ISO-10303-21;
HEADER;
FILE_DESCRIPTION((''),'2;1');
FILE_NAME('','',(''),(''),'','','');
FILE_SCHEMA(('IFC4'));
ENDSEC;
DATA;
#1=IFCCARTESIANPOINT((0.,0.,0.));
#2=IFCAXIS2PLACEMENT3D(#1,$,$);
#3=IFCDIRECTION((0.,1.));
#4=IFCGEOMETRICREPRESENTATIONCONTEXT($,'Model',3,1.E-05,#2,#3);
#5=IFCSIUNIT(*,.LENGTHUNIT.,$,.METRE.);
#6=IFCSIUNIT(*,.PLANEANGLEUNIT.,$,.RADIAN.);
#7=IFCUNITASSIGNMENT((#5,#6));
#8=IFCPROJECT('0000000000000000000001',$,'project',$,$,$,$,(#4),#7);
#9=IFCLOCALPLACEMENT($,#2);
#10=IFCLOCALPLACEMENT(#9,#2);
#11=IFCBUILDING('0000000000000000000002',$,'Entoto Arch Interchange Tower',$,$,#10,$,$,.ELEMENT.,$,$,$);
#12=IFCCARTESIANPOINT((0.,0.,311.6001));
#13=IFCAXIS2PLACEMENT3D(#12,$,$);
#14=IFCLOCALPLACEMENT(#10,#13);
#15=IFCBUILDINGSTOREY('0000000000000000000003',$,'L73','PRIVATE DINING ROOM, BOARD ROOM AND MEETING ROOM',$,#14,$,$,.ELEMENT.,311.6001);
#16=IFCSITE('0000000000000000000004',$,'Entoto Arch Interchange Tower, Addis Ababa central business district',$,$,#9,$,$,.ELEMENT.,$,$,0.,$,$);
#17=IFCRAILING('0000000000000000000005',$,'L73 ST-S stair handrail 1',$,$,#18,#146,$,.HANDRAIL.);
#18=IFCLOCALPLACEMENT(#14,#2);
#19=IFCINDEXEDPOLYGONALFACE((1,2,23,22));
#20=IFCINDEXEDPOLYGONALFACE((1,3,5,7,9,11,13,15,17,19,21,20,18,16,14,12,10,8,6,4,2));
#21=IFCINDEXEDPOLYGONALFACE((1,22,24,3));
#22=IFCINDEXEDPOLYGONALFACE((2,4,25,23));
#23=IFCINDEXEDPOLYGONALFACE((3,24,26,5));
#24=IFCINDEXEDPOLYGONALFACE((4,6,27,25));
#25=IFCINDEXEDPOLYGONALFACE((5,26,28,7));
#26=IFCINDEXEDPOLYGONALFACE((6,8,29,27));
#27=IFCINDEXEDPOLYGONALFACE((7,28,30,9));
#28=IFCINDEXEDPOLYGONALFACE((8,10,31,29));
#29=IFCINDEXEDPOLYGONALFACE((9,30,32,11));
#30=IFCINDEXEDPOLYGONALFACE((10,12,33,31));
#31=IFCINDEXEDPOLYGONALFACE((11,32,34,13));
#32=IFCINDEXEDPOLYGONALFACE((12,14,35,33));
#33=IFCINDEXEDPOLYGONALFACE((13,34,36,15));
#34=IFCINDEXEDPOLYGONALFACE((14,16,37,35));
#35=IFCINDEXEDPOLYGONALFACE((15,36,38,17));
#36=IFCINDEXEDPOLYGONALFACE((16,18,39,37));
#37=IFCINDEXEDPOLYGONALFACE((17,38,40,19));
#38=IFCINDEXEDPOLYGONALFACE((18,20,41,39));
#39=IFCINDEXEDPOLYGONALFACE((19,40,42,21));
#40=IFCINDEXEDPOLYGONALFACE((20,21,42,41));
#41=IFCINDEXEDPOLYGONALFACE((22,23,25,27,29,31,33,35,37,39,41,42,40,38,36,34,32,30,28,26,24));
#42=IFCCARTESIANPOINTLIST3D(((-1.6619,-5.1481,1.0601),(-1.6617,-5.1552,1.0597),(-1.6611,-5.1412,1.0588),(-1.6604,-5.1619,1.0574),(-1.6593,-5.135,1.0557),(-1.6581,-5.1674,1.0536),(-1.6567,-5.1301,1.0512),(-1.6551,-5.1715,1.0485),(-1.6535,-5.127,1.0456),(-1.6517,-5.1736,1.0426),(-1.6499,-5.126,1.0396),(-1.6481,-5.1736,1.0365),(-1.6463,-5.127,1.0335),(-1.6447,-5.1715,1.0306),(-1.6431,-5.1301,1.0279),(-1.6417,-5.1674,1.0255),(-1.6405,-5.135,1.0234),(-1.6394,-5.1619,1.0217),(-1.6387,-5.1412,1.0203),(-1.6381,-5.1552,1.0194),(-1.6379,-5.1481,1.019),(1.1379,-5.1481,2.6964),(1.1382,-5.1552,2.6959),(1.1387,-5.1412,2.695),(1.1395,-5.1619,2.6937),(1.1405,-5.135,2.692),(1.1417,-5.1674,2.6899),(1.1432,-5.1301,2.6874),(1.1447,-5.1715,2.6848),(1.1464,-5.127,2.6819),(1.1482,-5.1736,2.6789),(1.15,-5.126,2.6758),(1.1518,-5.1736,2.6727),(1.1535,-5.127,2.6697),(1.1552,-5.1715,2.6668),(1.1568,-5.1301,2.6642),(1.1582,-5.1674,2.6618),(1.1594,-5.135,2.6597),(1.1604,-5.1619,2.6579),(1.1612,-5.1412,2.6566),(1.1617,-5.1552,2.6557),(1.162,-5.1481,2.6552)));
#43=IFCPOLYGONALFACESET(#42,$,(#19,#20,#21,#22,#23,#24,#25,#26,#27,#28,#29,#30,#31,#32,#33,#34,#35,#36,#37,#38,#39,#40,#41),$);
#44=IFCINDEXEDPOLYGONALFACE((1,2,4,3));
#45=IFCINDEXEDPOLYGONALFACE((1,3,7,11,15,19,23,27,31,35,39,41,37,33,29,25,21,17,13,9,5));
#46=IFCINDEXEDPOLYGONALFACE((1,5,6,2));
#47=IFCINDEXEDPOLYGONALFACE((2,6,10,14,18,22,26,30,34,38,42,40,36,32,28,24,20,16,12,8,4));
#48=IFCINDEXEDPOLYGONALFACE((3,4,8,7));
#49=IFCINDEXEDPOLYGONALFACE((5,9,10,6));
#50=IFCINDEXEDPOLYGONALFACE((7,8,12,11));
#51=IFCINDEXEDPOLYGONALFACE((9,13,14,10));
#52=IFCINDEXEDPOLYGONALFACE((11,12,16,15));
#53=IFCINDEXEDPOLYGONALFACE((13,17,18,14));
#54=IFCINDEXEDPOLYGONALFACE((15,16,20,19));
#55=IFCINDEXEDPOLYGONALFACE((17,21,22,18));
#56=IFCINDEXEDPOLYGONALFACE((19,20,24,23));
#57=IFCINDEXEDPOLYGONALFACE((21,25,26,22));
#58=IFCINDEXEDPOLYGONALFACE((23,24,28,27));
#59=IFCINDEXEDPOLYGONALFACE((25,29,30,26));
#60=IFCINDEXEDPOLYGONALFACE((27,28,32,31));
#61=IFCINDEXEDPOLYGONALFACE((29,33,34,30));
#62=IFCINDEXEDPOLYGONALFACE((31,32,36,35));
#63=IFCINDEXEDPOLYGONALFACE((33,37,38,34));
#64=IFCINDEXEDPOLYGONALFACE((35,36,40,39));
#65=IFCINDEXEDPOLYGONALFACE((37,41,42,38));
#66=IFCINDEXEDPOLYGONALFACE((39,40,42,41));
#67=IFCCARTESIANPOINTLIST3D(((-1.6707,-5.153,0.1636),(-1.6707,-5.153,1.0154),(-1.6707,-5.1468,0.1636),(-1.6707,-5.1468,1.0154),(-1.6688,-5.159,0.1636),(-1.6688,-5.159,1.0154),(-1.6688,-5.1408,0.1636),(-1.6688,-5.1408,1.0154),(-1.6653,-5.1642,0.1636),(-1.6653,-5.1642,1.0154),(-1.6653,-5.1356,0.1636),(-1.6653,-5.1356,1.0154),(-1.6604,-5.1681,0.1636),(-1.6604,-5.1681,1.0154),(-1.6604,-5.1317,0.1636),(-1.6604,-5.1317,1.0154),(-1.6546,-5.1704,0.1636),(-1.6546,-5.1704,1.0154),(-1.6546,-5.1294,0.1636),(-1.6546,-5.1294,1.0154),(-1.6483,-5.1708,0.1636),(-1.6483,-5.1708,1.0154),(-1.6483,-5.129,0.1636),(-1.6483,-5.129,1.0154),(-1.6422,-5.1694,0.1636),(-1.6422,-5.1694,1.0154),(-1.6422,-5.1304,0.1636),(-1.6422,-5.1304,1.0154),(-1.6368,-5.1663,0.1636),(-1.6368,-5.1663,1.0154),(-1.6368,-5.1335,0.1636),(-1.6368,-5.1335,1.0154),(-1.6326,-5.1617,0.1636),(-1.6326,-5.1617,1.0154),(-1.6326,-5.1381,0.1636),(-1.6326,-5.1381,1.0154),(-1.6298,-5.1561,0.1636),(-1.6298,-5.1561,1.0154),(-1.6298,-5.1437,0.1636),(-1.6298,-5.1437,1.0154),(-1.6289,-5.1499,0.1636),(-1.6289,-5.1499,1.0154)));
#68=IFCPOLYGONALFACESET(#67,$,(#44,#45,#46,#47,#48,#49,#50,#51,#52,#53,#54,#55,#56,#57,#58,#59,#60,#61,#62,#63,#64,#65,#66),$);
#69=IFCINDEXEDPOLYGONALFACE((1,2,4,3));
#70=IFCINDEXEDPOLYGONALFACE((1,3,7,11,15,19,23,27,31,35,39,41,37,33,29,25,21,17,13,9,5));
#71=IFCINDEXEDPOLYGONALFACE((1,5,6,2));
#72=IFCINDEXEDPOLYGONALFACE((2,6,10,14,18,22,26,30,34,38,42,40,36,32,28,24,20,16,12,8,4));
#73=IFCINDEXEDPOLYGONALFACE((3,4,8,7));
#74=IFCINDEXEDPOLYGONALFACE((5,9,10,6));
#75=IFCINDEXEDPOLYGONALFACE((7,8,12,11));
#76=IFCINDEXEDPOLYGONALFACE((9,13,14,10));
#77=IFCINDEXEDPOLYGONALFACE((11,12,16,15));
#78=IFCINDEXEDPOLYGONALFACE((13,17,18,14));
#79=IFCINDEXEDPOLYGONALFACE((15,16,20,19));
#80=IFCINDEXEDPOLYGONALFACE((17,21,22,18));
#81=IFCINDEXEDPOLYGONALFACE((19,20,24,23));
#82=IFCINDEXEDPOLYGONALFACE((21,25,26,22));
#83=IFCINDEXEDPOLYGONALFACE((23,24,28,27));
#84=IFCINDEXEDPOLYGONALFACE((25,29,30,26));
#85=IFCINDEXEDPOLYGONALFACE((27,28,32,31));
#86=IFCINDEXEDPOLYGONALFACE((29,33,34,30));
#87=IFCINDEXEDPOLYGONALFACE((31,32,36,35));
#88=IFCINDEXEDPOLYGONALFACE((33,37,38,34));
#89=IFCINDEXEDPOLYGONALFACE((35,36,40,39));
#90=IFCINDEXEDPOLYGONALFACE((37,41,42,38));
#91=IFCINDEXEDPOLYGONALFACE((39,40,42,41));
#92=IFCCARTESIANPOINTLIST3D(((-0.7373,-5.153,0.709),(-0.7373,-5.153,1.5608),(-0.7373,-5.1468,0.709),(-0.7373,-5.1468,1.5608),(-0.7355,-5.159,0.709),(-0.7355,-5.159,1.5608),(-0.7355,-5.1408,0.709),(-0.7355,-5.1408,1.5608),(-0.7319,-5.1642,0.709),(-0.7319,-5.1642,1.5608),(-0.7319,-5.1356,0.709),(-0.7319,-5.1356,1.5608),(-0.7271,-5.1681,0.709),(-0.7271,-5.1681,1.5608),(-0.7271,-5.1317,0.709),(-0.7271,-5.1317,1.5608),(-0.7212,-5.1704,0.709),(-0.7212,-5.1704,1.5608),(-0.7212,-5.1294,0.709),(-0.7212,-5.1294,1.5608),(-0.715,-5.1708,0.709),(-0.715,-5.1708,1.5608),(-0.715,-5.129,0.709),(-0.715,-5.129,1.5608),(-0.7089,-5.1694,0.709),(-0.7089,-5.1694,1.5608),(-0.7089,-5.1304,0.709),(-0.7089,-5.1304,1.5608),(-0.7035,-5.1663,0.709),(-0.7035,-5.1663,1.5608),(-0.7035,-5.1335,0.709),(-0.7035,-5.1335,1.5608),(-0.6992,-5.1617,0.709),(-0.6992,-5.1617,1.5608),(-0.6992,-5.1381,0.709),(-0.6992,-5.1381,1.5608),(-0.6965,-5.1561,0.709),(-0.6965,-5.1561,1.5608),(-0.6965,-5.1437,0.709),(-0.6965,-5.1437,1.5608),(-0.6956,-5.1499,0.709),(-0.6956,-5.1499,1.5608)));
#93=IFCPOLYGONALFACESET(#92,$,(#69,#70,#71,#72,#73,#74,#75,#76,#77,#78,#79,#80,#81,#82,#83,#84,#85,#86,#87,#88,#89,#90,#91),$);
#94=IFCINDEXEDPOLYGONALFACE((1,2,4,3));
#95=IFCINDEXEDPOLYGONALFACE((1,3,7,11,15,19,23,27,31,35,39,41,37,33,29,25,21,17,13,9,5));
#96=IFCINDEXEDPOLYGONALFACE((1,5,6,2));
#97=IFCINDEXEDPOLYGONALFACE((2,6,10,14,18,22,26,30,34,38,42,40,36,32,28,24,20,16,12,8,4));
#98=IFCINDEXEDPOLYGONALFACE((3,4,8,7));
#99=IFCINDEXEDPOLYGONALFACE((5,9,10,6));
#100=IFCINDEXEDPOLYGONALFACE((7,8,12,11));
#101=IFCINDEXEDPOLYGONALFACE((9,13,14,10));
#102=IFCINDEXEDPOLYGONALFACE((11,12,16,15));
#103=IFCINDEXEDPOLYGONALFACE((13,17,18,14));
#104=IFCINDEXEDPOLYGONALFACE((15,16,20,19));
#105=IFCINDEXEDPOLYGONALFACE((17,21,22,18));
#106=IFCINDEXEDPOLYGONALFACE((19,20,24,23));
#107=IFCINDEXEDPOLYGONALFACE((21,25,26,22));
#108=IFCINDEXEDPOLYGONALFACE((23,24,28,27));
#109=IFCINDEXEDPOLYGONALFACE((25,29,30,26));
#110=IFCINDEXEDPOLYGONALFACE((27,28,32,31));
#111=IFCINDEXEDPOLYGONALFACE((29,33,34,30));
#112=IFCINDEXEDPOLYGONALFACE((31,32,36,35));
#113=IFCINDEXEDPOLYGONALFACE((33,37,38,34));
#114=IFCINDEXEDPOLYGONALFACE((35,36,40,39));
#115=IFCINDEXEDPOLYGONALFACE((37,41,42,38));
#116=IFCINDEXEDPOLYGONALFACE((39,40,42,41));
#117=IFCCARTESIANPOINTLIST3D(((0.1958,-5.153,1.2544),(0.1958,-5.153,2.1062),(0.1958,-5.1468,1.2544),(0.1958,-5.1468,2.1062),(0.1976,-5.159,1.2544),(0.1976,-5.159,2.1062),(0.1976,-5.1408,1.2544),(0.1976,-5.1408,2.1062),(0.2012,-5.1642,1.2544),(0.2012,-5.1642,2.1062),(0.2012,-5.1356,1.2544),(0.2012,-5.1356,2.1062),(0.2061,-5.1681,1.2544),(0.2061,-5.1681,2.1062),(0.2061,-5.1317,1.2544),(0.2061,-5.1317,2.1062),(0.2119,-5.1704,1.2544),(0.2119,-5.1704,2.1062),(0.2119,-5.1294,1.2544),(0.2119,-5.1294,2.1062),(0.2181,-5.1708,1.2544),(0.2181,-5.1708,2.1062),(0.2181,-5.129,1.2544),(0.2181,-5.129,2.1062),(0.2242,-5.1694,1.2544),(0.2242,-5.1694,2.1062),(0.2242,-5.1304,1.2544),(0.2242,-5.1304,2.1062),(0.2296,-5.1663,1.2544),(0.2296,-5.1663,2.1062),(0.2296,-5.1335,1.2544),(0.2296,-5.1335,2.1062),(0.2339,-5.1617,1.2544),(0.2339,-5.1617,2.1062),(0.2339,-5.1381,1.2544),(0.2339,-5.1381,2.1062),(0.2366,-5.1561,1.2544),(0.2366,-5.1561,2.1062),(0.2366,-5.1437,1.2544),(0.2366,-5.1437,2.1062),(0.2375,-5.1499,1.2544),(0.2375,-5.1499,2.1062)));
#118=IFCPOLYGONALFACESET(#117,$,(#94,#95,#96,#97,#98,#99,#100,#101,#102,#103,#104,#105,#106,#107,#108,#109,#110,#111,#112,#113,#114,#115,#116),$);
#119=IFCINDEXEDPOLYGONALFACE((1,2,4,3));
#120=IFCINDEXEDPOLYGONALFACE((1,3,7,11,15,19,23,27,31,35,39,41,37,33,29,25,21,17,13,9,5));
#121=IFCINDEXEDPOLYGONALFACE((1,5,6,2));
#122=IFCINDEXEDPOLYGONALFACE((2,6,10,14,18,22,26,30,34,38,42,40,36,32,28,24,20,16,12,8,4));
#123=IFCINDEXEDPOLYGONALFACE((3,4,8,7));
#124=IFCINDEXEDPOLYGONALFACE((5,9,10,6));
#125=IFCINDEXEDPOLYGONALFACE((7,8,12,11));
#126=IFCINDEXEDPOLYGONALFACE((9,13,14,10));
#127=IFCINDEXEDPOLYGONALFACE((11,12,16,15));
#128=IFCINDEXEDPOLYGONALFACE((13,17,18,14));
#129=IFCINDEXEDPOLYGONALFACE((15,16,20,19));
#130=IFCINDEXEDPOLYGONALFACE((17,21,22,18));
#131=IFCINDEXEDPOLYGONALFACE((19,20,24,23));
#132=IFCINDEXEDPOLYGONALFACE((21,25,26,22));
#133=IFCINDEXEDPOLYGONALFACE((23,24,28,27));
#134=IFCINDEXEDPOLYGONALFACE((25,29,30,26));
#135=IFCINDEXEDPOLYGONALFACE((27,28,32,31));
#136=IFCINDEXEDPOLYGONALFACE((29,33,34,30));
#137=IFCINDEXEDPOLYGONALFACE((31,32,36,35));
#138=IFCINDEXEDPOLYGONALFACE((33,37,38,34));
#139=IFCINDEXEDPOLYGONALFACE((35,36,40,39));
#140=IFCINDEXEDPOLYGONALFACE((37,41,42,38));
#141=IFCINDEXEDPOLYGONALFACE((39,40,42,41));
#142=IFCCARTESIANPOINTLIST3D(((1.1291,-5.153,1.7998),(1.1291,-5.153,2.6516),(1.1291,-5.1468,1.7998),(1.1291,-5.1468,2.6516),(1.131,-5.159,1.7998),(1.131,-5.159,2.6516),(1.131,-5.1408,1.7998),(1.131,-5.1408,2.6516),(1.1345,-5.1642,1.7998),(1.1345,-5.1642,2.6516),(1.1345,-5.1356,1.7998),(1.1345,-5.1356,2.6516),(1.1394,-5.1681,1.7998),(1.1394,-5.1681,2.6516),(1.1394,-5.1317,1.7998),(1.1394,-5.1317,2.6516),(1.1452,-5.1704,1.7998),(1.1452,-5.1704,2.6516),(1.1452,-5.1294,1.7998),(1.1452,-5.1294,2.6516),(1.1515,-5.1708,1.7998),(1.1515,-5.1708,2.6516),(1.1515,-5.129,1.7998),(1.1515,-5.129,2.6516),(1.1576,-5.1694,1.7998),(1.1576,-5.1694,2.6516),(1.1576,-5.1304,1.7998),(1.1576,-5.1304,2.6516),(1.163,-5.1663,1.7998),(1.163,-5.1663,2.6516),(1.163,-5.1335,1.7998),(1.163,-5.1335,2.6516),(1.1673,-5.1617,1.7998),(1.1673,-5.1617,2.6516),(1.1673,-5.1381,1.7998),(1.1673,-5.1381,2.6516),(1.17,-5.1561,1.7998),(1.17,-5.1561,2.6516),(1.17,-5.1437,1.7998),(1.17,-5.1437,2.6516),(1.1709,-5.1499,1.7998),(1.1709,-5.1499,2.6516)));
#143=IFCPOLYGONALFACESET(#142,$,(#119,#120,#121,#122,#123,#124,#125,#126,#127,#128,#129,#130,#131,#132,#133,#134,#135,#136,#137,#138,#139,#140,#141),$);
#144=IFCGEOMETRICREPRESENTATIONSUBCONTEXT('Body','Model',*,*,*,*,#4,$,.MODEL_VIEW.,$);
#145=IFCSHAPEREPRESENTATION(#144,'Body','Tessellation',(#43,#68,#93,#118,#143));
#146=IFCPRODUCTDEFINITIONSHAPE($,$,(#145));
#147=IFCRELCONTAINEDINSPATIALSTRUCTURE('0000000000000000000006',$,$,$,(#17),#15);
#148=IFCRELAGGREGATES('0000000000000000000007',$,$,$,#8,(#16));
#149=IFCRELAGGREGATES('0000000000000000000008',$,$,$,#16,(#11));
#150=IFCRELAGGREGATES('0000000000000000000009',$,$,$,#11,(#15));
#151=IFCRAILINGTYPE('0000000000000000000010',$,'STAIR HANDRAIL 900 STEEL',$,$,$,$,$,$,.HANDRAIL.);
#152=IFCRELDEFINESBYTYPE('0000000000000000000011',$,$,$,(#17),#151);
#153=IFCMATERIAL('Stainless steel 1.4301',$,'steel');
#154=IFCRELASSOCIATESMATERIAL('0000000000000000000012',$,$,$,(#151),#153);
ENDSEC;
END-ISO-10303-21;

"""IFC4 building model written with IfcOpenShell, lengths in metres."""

from ifc_helpers import new_model, si_unit, direction, frame, origin, origin_2d, place, context, subcontext, project, spatial, circle, extrude, material, type_object, element, save


model = new_model("IFC4")

# Units and contexts
model_context = context("Model", 3, precision=1e-05, world=origin(), true_north=direction((0.0, 1.0)))
body_context = subcontext(model_context, "Body", "Model", "MODEL_VIEW")
ifc_project = project(units=[si_unit("LENGTHUNIT", "METRE"), si_unit("PLANEANGLEUNIT", "RADIAN")], contexts=[model_context])

# Site, building, storey
site_placement = place(None, origin())
site = spatial("IfcSite", under=ifc_project, at=site_placement, Name="Entoto Arch Interchange Tower, Addis Ababa central business district", CompositionType="ELEMENT", RefElevation=0.0)
building_placement = place(site_placement, origin())
building = spatial("IfcBuilding", under=site, at=building_placement, Name="Entoto Arch Interchange Tower", CompositionType="ELEMENT")
storey_placement = place(building_placement, frame((0.0, 0.0, 311.6001)))
storey = spatial("IfcBuildingStorey", under=building, at=storey_placement, Name="L73", Description="PRIVATE DINING ROOM, BOARD ROOM AND MEETING ROOM", CompositionType="ELEMENT", Elevation=311.6001)

# Railing
ifc_material_1 = material(Name="Stainless steel 1.4301", Category="steel")
railing_type_1 = type_object("IfcRailingType", Name="STAIR HANDRAIL 900 STEEL", PredefinedType="HANDRAIL", material=ifc_material_1)
railing_1_placement = place(storey_placement, frame((-1.6499, -5.1499, 0.1636)))
element("IfcRailing", 1, at=railing_1_placement, inside=storey, type_object=railing_type_1, Name="L73 ST-S stair handrail 1", PredefinedType="HANDRAIL", context=body_context, shape_type="SweptSolid", body=[
    extrude(circle(Radius=0.0239, at=origin_2d()), frame((0.0, 0.0, 0.876), z_axis=(0.863374, 0.0, 0.504564), x_axis=(0.0, 1.0, 0.0)), (0.0, 0.0, 1.0), 3.2429),
    extrude(circle(Radius=0.021, at=origin_2d()), origin(), (0.0, 0.0, 1.0), 0.8518),
    extrude(circle(Radius=0.021, at=origin_2d()), frame((0.9333, 0.0, 0.5454)), (0.0, 0.0, 1.0), 0.8518),
    extrude(circle(Radius=0.021, at=origin_2d()), frame((1.8665, 0.0, 1.0908)), (0.0, 0.0, 1.0), 0.8518),
    extrude(circle(Radius=0.021, at=origin_2d()), frame((2.7998, 0.0, 1.6362)), (0.0, 0.0, 1.0), 0.8518),
])

save(model, "model.ifc")
